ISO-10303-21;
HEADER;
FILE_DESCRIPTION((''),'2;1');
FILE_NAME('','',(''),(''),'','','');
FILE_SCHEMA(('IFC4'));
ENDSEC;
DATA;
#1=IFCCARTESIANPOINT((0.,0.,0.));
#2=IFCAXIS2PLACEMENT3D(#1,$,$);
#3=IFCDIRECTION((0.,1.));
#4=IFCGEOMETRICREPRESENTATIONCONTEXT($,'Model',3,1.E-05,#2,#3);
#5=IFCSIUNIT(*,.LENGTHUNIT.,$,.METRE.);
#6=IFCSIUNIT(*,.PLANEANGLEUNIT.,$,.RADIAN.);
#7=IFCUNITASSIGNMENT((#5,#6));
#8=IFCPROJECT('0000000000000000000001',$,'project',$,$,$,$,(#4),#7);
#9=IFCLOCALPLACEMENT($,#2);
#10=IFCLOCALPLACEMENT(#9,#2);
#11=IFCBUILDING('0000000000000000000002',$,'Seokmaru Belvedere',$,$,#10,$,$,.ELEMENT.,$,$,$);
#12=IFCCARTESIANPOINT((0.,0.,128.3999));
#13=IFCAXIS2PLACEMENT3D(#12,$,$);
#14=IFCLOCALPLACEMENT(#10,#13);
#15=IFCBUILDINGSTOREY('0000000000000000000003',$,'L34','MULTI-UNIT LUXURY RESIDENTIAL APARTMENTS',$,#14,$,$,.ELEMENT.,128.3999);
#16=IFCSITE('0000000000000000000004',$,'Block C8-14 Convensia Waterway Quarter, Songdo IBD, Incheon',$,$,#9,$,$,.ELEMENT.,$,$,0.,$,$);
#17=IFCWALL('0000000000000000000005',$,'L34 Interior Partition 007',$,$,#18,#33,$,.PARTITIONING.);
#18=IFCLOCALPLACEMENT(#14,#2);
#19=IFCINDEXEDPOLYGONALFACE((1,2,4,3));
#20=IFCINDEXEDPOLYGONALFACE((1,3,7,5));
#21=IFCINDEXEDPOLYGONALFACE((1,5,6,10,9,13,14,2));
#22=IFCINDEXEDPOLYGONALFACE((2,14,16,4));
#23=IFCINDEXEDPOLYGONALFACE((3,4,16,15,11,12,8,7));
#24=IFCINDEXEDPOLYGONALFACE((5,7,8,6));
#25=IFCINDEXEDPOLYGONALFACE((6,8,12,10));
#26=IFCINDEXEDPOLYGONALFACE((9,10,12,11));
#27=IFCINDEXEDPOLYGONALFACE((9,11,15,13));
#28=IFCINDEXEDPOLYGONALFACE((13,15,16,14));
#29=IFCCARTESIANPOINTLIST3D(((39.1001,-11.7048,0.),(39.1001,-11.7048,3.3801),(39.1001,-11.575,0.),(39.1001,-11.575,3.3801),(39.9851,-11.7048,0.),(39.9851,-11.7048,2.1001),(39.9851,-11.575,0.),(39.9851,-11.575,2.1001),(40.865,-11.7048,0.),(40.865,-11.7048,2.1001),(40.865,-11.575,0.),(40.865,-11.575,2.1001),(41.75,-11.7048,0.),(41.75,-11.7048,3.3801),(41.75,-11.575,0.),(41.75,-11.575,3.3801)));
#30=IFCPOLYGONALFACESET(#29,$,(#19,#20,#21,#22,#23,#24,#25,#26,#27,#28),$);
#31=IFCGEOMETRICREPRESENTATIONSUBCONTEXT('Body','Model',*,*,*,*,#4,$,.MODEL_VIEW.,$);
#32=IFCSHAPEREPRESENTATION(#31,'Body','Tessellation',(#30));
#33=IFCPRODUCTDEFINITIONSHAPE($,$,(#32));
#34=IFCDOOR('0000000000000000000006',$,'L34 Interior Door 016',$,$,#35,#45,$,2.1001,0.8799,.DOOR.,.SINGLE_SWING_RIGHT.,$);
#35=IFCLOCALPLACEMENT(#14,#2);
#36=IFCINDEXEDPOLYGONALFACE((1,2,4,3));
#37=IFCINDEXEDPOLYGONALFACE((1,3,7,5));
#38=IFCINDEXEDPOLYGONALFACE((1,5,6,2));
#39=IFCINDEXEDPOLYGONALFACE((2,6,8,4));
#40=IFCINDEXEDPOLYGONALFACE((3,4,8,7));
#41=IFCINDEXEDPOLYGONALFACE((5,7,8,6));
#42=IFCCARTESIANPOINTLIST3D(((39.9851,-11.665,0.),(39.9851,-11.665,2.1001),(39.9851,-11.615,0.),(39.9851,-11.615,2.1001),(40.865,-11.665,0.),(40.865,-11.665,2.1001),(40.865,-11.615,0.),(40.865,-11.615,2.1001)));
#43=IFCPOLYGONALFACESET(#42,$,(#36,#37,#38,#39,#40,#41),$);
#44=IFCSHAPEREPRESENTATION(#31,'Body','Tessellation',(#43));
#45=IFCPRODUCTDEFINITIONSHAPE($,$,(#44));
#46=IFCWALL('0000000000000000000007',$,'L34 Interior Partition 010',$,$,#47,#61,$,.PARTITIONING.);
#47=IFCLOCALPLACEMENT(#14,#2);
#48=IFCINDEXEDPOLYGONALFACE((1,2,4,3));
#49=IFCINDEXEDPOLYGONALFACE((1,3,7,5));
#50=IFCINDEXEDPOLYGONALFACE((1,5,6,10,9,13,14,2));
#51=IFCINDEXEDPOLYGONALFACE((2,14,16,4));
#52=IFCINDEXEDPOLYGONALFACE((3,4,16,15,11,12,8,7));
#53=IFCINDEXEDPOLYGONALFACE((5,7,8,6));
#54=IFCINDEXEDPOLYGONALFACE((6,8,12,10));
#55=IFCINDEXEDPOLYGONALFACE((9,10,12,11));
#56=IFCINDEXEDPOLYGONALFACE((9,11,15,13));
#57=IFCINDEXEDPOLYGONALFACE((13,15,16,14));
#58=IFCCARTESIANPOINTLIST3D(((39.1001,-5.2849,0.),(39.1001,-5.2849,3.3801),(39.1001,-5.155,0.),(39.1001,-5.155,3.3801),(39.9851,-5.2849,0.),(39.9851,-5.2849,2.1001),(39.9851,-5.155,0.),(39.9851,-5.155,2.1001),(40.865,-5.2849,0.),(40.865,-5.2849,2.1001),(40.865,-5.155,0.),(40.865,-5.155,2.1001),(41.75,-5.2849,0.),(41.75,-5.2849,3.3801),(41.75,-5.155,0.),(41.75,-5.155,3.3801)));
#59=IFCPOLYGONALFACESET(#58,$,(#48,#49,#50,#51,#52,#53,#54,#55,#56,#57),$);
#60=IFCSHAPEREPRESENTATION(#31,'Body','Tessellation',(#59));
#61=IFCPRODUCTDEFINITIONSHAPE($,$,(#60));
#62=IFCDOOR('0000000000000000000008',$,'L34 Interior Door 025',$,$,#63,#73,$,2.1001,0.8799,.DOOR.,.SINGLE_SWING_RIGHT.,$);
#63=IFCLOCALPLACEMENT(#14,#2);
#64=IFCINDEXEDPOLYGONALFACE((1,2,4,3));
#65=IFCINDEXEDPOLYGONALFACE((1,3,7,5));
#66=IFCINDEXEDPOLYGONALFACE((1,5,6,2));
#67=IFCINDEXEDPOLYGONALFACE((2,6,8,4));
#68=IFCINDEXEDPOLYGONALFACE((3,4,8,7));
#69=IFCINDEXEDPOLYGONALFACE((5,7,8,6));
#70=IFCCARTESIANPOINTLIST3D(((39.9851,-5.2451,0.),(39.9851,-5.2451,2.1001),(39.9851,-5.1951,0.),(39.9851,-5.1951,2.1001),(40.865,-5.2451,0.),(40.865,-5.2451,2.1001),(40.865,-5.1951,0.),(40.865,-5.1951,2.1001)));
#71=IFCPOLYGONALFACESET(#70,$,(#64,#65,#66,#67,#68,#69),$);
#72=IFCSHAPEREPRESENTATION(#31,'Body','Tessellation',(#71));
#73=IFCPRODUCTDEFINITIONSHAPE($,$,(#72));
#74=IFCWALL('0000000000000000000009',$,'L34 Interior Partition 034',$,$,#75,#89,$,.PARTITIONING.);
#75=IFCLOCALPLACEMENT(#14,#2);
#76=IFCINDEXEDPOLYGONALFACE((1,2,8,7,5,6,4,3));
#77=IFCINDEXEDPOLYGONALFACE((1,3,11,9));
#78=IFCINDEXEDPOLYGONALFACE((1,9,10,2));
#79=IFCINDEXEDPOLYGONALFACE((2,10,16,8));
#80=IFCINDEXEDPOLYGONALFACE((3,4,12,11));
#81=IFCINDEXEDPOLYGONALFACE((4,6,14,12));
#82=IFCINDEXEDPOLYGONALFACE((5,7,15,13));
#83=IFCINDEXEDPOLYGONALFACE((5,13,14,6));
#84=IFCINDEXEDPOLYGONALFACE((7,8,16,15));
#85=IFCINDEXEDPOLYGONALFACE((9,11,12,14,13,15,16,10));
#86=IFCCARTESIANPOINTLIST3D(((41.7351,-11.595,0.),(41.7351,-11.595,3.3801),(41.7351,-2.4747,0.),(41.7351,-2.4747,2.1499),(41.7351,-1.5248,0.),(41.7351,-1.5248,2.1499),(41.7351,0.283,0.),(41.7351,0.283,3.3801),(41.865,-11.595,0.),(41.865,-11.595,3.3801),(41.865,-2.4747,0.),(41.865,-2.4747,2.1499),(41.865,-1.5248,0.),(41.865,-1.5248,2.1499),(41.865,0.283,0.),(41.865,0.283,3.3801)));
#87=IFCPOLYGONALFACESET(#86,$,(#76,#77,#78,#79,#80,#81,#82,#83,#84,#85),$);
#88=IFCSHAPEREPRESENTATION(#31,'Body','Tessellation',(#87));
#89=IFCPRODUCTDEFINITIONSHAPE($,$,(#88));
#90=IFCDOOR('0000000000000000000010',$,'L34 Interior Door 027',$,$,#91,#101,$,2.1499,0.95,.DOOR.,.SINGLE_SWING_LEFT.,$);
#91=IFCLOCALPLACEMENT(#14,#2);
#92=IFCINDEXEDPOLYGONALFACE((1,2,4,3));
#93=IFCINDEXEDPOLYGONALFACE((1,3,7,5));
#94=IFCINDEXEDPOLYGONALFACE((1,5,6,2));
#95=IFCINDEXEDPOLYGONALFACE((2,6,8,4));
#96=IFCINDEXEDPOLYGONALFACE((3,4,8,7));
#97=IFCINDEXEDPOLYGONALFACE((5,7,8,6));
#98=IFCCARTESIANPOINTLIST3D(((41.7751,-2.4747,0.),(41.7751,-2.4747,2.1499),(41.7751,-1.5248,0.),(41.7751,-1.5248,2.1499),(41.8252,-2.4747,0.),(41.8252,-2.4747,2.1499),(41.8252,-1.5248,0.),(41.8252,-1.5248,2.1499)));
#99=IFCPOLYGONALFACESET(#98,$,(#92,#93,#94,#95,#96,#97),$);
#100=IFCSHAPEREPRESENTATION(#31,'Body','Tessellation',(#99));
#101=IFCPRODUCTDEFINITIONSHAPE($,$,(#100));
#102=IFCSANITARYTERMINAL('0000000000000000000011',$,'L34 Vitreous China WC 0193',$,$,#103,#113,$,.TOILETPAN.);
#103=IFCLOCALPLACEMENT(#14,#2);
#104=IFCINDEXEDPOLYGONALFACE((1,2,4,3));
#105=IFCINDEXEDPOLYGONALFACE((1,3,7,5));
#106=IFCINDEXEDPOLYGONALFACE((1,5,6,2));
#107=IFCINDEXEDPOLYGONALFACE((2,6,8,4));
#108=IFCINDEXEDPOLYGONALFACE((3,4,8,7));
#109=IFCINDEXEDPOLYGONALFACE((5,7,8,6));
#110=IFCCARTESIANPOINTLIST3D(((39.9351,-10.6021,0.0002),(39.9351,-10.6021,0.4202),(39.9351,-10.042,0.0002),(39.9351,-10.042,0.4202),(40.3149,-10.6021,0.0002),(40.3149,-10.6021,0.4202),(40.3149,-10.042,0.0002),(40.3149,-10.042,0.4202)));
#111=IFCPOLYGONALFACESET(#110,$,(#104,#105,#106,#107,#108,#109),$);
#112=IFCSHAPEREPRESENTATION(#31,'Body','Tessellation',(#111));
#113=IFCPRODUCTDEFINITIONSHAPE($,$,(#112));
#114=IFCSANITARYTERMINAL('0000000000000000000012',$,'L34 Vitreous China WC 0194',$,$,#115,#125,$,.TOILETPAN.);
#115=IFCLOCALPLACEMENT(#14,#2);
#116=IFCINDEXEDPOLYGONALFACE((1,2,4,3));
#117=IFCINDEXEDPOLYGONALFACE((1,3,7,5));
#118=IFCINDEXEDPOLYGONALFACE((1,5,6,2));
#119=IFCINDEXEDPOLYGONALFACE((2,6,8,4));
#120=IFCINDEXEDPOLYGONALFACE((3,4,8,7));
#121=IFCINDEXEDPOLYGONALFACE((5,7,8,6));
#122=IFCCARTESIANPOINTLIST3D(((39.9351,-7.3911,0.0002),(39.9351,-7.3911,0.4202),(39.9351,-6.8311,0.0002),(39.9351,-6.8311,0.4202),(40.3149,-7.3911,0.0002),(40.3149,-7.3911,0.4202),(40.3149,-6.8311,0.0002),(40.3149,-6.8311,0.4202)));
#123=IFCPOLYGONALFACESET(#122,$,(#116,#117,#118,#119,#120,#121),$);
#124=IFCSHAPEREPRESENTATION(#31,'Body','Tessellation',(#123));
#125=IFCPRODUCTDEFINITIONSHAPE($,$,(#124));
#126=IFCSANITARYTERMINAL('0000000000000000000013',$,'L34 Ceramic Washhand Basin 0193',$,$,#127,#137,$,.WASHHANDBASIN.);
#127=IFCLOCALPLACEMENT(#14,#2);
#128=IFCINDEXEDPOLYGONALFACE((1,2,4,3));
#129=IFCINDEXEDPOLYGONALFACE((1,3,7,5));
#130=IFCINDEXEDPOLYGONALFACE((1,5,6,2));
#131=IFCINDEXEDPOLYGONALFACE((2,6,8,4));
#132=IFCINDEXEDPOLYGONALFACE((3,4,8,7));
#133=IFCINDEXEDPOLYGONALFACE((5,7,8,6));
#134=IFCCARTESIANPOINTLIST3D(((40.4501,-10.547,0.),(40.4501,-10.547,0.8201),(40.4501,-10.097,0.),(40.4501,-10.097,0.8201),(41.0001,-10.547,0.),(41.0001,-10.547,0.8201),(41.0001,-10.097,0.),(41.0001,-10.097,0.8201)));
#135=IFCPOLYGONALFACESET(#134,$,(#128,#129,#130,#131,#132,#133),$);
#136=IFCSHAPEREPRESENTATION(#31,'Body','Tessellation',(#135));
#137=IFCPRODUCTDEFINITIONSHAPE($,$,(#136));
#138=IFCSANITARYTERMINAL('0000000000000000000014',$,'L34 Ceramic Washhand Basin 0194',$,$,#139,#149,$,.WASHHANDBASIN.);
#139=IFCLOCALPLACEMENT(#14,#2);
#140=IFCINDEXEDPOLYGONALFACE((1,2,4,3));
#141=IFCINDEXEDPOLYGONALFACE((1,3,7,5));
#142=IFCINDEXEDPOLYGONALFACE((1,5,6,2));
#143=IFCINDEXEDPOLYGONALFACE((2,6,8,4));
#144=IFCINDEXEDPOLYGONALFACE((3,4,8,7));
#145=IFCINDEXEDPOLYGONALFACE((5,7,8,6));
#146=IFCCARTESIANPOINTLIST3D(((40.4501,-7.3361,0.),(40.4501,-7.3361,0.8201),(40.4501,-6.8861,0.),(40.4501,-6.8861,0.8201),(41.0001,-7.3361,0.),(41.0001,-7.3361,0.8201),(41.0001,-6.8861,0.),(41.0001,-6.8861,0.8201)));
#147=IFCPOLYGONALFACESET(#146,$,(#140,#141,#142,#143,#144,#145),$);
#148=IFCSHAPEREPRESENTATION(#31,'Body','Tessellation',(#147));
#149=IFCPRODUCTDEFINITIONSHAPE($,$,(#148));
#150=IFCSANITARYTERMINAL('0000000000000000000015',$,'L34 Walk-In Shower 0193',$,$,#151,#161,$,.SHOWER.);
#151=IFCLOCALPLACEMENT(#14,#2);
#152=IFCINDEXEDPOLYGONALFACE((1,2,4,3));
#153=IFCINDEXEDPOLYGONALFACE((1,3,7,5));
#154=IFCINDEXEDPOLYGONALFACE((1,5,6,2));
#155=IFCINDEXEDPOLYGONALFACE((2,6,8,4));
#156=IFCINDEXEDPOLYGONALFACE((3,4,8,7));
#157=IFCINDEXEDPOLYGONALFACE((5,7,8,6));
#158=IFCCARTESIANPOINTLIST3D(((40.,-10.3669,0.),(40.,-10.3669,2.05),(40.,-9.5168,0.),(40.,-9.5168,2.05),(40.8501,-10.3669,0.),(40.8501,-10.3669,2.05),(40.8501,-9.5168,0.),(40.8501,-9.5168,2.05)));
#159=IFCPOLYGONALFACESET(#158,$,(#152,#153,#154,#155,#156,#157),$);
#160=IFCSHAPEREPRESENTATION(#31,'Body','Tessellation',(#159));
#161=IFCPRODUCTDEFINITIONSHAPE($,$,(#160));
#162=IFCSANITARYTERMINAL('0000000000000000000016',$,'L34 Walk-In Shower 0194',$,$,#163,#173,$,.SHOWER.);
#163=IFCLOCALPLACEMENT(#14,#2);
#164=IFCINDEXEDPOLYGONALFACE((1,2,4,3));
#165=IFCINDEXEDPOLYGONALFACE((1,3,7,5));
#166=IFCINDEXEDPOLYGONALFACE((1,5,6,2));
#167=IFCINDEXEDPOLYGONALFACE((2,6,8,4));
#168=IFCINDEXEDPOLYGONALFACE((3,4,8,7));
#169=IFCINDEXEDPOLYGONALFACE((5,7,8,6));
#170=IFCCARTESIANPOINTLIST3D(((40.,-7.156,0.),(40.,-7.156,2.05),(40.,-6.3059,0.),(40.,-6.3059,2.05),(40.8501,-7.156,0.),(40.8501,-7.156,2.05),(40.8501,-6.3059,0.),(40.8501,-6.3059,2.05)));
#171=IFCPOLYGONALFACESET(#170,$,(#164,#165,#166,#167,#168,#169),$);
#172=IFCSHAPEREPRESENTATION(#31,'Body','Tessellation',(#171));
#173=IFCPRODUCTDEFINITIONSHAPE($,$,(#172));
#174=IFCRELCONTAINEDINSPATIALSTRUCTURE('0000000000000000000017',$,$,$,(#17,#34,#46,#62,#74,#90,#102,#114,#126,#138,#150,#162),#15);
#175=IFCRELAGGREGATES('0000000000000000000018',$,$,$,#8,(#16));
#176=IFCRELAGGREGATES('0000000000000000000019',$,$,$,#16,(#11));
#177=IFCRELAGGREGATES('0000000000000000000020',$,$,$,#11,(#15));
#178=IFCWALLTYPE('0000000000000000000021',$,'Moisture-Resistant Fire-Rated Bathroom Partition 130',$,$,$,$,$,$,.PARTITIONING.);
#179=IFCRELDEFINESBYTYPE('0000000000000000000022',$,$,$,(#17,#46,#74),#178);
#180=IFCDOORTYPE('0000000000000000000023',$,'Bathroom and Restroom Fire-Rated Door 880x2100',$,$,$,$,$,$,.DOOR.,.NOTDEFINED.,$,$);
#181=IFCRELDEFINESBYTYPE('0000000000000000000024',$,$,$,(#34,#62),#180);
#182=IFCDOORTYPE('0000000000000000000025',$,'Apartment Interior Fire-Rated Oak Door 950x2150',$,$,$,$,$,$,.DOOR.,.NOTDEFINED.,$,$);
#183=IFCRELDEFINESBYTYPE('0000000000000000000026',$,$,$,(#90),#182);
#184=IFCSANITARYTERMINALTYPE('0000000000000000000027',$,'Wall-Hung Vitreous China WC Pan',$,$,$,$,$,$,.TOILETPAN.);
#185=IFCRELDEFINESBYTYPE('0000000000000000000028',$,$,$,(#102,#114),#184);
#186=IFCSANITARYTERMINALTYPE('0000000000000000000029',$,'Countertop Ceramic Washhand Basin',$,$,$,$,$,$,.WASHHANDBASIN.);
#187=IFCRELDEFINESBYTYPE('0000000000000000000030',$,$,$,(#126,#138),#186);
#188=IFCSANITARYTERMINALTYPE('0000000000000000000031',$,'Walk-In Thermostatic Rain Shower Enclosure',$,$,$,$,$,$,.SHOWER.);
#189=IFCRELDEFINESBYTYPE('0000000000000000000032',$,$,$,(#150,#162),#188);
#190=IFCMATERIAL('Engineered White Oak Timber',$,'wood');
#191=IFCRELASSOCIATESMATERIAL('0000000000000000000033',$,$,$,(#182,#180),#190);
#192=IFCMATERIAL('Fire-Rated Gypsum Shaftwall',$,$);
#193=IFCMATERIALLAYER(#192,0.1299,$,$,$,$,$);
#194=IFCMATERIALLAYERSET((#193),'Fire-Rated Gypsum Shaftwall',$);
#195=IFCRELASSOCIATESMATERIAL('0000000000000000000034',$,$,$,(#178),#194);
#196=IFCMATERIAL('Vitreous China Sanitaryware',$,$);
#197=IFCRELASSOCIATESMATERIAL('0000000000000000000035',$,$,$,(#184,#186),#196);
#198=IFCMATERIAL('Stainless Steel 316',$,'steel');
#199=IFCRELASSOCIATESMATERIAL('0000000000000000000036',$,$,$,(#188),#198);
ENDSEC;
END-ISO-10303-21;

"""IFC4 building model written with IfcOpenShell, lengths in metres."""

from ifc_helpers import new_model, si_unit, direction, frame, frame_2d, origin, origin_2d, place, context, subcontext, project, spatial, rectangle, extrude, source, transform, mapped, material, layer, layer_set, type_object, type_shapes, element, fill, save


model = new_model("IFC4")

# Units and contexts
model_context = context("Model", 3, precision=1e-05, world=origin(), true_north=direction((0.0, 1.0)))
body_context = subcontext(model_context, "Body", "Model", "MODEL_VIEW")
ifc_project = project(units=[si_unit("LENGTHUNIT", "METRE"), si_unit("PLANEANGLEUNIT", "RADIAN")], contexts=[model_context])

# Site, building, storey
site_placement = place(None, origin())
site = spatial("IfcSite", under=ifc_project, at=site_placement, Name="Block C8-14 Convensia Waterway Quarter, Songdo IBD, Incheon", CompositionType="ELEMENT", RefElevation=0.0)
building_placement = place(site_placement, origin())
building = spatial("IfcBuilding", under=site, at=building_placement, Name="Seokmaru Belvedere", CompositionType="ELEMENT")
storey_placement = place(building_placement, frame((0.0, 0.0, 128.3999)))
storey = spatial("IfcBuildingStorey", under=building, at=storey_placement, Name="L34", Description="MULTI-UNIT LUXURY RESIDENTIAL APARTMENTS", CompositionType="ELEMENT", Elevation=128.3999)

# Shared definitions
ifc_material_1 = material(Name="Fire-Rated Gypsum Shaftwall")
ifc_material_2 = material(Name="Engineered White Oak Timber", Category="wood")
door_type_1 = type_object("IfcDoorType", Name="Apartment Interior Fire-Rated Oak Door 950x2150", OperationType="NOTDEFINED", PredefinedType="DOOR", material=ifc_material_2)
shared_shape_1 = source(origin(), body_context, "Body", "SweptSolid", [
    extrude(rectangle(XDim=0.95, YDim=2.1499, at=frame_2d((0.4751, 1.075))), frame((0.0, 0.0249, 0.0), z_axis=(0.0, -1.0, 0.0), x_axis=(1.0, 0.0, 0.0)), (0.0, 0.0, 1.0), 0.05),
])
type_shapes(door_type_1, [shared_shape_1])

# Walls, openings, doors
ifc_layer_1 = layer(ifc_material_1, 0.1299)
ifc_layer_set_1 = layer_set([ifc_layer_1], Name="Fire-Rated Gypsum Shaftwall")
wall_type_1 = type_object("IfcWallType", Name="Moisture-Resistant Fire-Rated Bathroom Partition 130", PredefinedType="PARTITIONING", material=ifc_layer_set_1)
wall_1_placement = place(storey_placement, frame((39.1001, -11.6399, 0.0), z_axis=(0.0, 0.0, 1.0), x_axis=(1.0, 0.0, 0.0)))
wall_1 = element("IfcWall", 1, at=wall_1_placement, inside=storey, type_object=wall_type_1, Name="L34 Interior Partition 007", PredefinedType="PARTITIONING", context=body_context, shape_type="SweptSolid", body=[
    extrude(rectangle(XDim=2.6499, YDim=0.1299, at=frame_2d((1.325, 0.0))), origin(), (0.0, 0.0, 1.0), 3.3801),
])
opening_1_placement = place(wall_1_placement, frame((0.885, 0.0, 0.0)))
opening_1 = element("IfcOpeningElement", 2, at=opening_1_placement, cuts=wall_1, PredefinedType="OPENING", context=body_context, shape_type="SweptSolid", body=[
    extrude(rectangle(XDim=0.8799, YDim=2.1001, at=frame_2d((0.4399, 1.05))), frame((0.0, 0.075, 0.0), z_axis=(0.0, -1.0, 0.0), x_axis=(1.0, 0.0, 0.0)), (0.0, 0.0, 1.0), 0.1499),
])
door_type_2 = type_object("IfcDoorType", Name="Bathroom and Restroom Fire-Rated Door 880x2100", OperationType="NOTDEFINED", PredefinedType="DOOR", material=ifc_material_2)
shared_shape_2 = source(origin(), body_context, "Body", "SweptSolid", [
    extrude(rectangle(XDim=0.8799, YDim=2.1001, at=frame_2d((0.4399, 1.05))), frame((0.0, 0.0249, 0.0), z_axis=(0.0, -1.0, 0.0), x_axis=(1.0, 0.0, 0.0)), (0.0, 0.0, 1.0), 0.05),
])
type_shapes(door_type_2, [shared_shape_2])
door_1_placement = place(opening_1_placement, origin())
door_1 = element("IfcDoor", 3, at=door_1_placement, inside=storey, type_object=door_type_2, Name="L34 Interior Door 016", OperationType="SINGLE_SWING_RIGHT", OverallHeight=2.1001, OverallWidth=0.8799, PredefinedType="DOOR", context=body_context, shape_type="MappedRepresentation", body=[
    mapped(shared_shape_2, transform((0.0, 0.0, 0.0), scale=1.0)),
])
fill(opening_1, door_1)
wall_2_placement = place(storey_placement, frame((39.1001, -5.22, 0.0), z_axis=(0.0, 0.0, 1.0), x_axis=(1.0, 0.0, 0.0)))
wall_2 = element("IfcWall", 4, at=wall_2_placement, inside=storey, type_object=wall_type_1, Name="L34 Interior Partition 010", PredefinedType="PARTITIONING", context=body_context, shape_type="SweptSolid", body=[
    extrude(rectangle(XDim=2.6499, YDim=0.1299, at=frame_2d((1.325, 0.0))), origin(), (0.0, 0.0, 1.0), 3.3801),
])
opening_2_placement = place(wall_2_placement, frame((0.885, 0.0, 0.0)))
opening_2 = element("IfcOpeningElement", 5, at=opening_2_placement, cuts=wall_2, PredefinedType="OPENING", context=body_context, shape_type="SweptSolid", body=[
    extrude(rectangle(XDim=0.8799, YDim=2.1001, at=frame_2d((0.4399, 1.05))), frame((0.0, 0.075, 0.0), z_axis=(0.0, -1.0, 0.0), x_axis=(1.0, 0.0, 0.0)), (0.0, 0.0, 1.0), 0.1499),
])
door_2_placement = place(opening_2_placement, origin())
door_2 = element("IfcDoor", 6, at=door_2_placement, inside=storey, type_object=door_type_2, Name="L34 Interior Door 025", OperationType="SINGLE_SWING_RIGHT", OverallHeight=2.1001, OverallWidth=0.8799, PredefinedType="DOOR", context=body_context, shape_type="MappedRepresentation", body=[
    mapped(shared_shape_2, transform((0.0, 0.0, 0.0), scale=1.0)),
])
fill(opening_2, door_2)
wall_3_placement = place(storey_placement, frame((41.8, -11.595, 0.0), z_axis=(0.0, 0.0, 1.0), x_axis=(0.0, 1.0, 0.0)))
wall_3 = element("IfcWall", 7, at=wall_3_placement, inside=storey, type_object=wall_type_1, Name="L34 Interior Partition 034", PredefinedType="PARTITIONING", context=body_context, shape_type="SweptSolid", body=[
    extrude(rectangle(XDim=11.8779, YDim=0.1299, at=frame_2d((5.939, 0.0))), origin(), (0.0, 0.0, 1.0), 3.3801),
])
opening_3_placement = place(wall_3_placement, frame((9.1201, 0.0, 0.0)))
opening_3 = element("IfcOpeningElement", 8, at=opening_3_placement, cuts=wall_3, PredefinedType="OPENING", context=body_context, shape_type="SweptSolid", body=[
    extrude(rectangle(XDim=0.95, YDim=2.1499, at=frame_2d((0.4751, 1.075))), frame((0.0, 0.075, 0.0), z_axis=(0.0, -1.0, 0.0), x_axis=(1.0, 0.0, 0.0)), (0.0, 0.0, 1.0), 0.1499),
])
door_3_placement = place(opening_3_placement, origin())
door_3 = element("IfcDoor", 9, at=door_3_placement, inside=storey, type_object=door_type_1, Name="L34 Interior Door 027", OperationType="SINGLE_SWING_LEFT", OverallHeight=2.1499, OverallWidth=0.95, PredefinedType="DOOR", context=body_context, shape_type="MappedRepresentation", body=[
    mapped(shared_shape_1, transform((0.0, 0.0, 0.0), scale=1.0)),
])
fill(opening_3, door_3)

# Sanitary terminals
ifc_material_3 = material(Name="Vitreous China Sanitaryware")
sanitary_terminal_type_1 = type_object("IfcSanitaryTerminalType", Name="Wall-Hung Vitreous China WC Pan", PredefinedType="TOILETPAN", material=ifc_material_3)
shared_shape_3 = source(origin(), body_context, "Body", "SweptSolid", [
    extrude(rectangle(XDim=0.3799, YDim=0.5601, at=origin_2d()), origin(), (0.0, 0.0, 1.0), 0.4199),
])
type_shapes(sanitary_terminal_type_1, [shared_shape_3])
for number, where, z_axis, x_axis, name in (
    (10, (40.125, -10.322, 0.0002), (0.0, 0.0, 1.0), (1.0, 0.0, 0.0), "L34 Vitreous China WC 0193"),
    (11, (40.125, -7.1111, 0.0002), (0.0, 0.0, 1.0), (1.0, 0.0, 0.0), "L34 Vitreous China WC 0194"),
):
    element("IfcSanitaryTerminal", number, at=place(storey_placement, frame(where, z_axis=z_axis, x_axis=x_axis)), inside=storey, type_object=sanitary_terminal_type_1, Name=name, PredefinedType="TOILETPAN", context=body_context, shape_type="MappedRepresentation", body=[
        mapped(shared_shape_3, transform((0.0, 0.0, 0.0), scale=1.0)),
    ])
sanitary_terminal_type_2 = type_object("IfcSanitaryTerminalType", Name="Countertop Ceramic Washhand Basin", PredefinedType="WASHHANDBASIN", material=ifc_material_3)
shared_shape_4 = source(origin(), body_context, "Body", "SweptSolid", [
    extrude(rectangle(XDim=0.55, YDim=0.45, at=origin_2d()), origin(), (0.0, 0.0, 1.0), 0.8201),
])
type_shapes(sanitary_terminal_type_2, [shared_shape_4])
for number, where, z_axis, x_axis, name in (
    (12, (40.7251, -10.322, 0.0), (0.0, 0.0, 1.0), (1.0, 0.0, 0.0), "L34 Ceramic Washhand Basin 0193"),
    (13, (40.7251, -7.1111, 0.0), (0.0, 0.0, 1.0), (1.0, 0.0, 0.0), "L34 Ceramic Washhand Basin 0194"),
):
    element("IfcSanitaryTerminal", number, at=place(storey_placement, frame(where, z_axis=z_axis, x_axis=x_axis)), inside=storey, type_object=sanitary_terminal_type_2, Name=name, PredefinedType="WASHHANDBASIN", context=body_context, shape_type="MappedRepresentation", body=[
        mapped(shared_shape_4, transform((0.0, 0.0, 0.0), scale=1.0)),
    ])
ifc_material_4 = material(Name="Stainless Steel 316", Category="steel")
sanitary_terminal_type_3 = type_object("IfcSanitaryTerminalType", Name="Walk-In Thermostatic Rain Shower Enclosure", PredefinedType="SHOWER", material=ifc_material_4)
shared_shape_5 = source(origin(), body_context, "Body", "SweptSolid", [
    extrude(rectangle(XDim=0.8501, YDim=0.8501, at=origin_2d()), origin(), (0.0, 0.0, 1.0), 2.05),
])
type_shapes(sanitary_terminal_type_3, [shared_shape_5])
for number, where, z_axis, x_axis, name in (
    (14, (40.425, -9.9419, 0.0), (0.0, 0.0, 1.0), (1.0, 0.0, 0.0), "L34 Walk-In Shower 0193"),
    (15, (40.425, -6.731, 0.0), (0.0, 0.0, 1.0), (1.0, 0.0, 0.0), "L34 Walk-In Shower 0194"),
):
    element("IfcSanitaryTerminal", number, at=place(storey_placement, frame(where, z_axis=z_axis, x_axis=x_axis)), inside=storey, type_object=sanitary_terminal_type_3, Name=name, PredefinedType="SHOWER", context=body_context, shape_type="MappedRepresentation", body=[
        mapped(shared_shape_5, transform((0.0, 0.0, 0.0), scale=1.0)),
    ])

save(model, "model.ifc")
